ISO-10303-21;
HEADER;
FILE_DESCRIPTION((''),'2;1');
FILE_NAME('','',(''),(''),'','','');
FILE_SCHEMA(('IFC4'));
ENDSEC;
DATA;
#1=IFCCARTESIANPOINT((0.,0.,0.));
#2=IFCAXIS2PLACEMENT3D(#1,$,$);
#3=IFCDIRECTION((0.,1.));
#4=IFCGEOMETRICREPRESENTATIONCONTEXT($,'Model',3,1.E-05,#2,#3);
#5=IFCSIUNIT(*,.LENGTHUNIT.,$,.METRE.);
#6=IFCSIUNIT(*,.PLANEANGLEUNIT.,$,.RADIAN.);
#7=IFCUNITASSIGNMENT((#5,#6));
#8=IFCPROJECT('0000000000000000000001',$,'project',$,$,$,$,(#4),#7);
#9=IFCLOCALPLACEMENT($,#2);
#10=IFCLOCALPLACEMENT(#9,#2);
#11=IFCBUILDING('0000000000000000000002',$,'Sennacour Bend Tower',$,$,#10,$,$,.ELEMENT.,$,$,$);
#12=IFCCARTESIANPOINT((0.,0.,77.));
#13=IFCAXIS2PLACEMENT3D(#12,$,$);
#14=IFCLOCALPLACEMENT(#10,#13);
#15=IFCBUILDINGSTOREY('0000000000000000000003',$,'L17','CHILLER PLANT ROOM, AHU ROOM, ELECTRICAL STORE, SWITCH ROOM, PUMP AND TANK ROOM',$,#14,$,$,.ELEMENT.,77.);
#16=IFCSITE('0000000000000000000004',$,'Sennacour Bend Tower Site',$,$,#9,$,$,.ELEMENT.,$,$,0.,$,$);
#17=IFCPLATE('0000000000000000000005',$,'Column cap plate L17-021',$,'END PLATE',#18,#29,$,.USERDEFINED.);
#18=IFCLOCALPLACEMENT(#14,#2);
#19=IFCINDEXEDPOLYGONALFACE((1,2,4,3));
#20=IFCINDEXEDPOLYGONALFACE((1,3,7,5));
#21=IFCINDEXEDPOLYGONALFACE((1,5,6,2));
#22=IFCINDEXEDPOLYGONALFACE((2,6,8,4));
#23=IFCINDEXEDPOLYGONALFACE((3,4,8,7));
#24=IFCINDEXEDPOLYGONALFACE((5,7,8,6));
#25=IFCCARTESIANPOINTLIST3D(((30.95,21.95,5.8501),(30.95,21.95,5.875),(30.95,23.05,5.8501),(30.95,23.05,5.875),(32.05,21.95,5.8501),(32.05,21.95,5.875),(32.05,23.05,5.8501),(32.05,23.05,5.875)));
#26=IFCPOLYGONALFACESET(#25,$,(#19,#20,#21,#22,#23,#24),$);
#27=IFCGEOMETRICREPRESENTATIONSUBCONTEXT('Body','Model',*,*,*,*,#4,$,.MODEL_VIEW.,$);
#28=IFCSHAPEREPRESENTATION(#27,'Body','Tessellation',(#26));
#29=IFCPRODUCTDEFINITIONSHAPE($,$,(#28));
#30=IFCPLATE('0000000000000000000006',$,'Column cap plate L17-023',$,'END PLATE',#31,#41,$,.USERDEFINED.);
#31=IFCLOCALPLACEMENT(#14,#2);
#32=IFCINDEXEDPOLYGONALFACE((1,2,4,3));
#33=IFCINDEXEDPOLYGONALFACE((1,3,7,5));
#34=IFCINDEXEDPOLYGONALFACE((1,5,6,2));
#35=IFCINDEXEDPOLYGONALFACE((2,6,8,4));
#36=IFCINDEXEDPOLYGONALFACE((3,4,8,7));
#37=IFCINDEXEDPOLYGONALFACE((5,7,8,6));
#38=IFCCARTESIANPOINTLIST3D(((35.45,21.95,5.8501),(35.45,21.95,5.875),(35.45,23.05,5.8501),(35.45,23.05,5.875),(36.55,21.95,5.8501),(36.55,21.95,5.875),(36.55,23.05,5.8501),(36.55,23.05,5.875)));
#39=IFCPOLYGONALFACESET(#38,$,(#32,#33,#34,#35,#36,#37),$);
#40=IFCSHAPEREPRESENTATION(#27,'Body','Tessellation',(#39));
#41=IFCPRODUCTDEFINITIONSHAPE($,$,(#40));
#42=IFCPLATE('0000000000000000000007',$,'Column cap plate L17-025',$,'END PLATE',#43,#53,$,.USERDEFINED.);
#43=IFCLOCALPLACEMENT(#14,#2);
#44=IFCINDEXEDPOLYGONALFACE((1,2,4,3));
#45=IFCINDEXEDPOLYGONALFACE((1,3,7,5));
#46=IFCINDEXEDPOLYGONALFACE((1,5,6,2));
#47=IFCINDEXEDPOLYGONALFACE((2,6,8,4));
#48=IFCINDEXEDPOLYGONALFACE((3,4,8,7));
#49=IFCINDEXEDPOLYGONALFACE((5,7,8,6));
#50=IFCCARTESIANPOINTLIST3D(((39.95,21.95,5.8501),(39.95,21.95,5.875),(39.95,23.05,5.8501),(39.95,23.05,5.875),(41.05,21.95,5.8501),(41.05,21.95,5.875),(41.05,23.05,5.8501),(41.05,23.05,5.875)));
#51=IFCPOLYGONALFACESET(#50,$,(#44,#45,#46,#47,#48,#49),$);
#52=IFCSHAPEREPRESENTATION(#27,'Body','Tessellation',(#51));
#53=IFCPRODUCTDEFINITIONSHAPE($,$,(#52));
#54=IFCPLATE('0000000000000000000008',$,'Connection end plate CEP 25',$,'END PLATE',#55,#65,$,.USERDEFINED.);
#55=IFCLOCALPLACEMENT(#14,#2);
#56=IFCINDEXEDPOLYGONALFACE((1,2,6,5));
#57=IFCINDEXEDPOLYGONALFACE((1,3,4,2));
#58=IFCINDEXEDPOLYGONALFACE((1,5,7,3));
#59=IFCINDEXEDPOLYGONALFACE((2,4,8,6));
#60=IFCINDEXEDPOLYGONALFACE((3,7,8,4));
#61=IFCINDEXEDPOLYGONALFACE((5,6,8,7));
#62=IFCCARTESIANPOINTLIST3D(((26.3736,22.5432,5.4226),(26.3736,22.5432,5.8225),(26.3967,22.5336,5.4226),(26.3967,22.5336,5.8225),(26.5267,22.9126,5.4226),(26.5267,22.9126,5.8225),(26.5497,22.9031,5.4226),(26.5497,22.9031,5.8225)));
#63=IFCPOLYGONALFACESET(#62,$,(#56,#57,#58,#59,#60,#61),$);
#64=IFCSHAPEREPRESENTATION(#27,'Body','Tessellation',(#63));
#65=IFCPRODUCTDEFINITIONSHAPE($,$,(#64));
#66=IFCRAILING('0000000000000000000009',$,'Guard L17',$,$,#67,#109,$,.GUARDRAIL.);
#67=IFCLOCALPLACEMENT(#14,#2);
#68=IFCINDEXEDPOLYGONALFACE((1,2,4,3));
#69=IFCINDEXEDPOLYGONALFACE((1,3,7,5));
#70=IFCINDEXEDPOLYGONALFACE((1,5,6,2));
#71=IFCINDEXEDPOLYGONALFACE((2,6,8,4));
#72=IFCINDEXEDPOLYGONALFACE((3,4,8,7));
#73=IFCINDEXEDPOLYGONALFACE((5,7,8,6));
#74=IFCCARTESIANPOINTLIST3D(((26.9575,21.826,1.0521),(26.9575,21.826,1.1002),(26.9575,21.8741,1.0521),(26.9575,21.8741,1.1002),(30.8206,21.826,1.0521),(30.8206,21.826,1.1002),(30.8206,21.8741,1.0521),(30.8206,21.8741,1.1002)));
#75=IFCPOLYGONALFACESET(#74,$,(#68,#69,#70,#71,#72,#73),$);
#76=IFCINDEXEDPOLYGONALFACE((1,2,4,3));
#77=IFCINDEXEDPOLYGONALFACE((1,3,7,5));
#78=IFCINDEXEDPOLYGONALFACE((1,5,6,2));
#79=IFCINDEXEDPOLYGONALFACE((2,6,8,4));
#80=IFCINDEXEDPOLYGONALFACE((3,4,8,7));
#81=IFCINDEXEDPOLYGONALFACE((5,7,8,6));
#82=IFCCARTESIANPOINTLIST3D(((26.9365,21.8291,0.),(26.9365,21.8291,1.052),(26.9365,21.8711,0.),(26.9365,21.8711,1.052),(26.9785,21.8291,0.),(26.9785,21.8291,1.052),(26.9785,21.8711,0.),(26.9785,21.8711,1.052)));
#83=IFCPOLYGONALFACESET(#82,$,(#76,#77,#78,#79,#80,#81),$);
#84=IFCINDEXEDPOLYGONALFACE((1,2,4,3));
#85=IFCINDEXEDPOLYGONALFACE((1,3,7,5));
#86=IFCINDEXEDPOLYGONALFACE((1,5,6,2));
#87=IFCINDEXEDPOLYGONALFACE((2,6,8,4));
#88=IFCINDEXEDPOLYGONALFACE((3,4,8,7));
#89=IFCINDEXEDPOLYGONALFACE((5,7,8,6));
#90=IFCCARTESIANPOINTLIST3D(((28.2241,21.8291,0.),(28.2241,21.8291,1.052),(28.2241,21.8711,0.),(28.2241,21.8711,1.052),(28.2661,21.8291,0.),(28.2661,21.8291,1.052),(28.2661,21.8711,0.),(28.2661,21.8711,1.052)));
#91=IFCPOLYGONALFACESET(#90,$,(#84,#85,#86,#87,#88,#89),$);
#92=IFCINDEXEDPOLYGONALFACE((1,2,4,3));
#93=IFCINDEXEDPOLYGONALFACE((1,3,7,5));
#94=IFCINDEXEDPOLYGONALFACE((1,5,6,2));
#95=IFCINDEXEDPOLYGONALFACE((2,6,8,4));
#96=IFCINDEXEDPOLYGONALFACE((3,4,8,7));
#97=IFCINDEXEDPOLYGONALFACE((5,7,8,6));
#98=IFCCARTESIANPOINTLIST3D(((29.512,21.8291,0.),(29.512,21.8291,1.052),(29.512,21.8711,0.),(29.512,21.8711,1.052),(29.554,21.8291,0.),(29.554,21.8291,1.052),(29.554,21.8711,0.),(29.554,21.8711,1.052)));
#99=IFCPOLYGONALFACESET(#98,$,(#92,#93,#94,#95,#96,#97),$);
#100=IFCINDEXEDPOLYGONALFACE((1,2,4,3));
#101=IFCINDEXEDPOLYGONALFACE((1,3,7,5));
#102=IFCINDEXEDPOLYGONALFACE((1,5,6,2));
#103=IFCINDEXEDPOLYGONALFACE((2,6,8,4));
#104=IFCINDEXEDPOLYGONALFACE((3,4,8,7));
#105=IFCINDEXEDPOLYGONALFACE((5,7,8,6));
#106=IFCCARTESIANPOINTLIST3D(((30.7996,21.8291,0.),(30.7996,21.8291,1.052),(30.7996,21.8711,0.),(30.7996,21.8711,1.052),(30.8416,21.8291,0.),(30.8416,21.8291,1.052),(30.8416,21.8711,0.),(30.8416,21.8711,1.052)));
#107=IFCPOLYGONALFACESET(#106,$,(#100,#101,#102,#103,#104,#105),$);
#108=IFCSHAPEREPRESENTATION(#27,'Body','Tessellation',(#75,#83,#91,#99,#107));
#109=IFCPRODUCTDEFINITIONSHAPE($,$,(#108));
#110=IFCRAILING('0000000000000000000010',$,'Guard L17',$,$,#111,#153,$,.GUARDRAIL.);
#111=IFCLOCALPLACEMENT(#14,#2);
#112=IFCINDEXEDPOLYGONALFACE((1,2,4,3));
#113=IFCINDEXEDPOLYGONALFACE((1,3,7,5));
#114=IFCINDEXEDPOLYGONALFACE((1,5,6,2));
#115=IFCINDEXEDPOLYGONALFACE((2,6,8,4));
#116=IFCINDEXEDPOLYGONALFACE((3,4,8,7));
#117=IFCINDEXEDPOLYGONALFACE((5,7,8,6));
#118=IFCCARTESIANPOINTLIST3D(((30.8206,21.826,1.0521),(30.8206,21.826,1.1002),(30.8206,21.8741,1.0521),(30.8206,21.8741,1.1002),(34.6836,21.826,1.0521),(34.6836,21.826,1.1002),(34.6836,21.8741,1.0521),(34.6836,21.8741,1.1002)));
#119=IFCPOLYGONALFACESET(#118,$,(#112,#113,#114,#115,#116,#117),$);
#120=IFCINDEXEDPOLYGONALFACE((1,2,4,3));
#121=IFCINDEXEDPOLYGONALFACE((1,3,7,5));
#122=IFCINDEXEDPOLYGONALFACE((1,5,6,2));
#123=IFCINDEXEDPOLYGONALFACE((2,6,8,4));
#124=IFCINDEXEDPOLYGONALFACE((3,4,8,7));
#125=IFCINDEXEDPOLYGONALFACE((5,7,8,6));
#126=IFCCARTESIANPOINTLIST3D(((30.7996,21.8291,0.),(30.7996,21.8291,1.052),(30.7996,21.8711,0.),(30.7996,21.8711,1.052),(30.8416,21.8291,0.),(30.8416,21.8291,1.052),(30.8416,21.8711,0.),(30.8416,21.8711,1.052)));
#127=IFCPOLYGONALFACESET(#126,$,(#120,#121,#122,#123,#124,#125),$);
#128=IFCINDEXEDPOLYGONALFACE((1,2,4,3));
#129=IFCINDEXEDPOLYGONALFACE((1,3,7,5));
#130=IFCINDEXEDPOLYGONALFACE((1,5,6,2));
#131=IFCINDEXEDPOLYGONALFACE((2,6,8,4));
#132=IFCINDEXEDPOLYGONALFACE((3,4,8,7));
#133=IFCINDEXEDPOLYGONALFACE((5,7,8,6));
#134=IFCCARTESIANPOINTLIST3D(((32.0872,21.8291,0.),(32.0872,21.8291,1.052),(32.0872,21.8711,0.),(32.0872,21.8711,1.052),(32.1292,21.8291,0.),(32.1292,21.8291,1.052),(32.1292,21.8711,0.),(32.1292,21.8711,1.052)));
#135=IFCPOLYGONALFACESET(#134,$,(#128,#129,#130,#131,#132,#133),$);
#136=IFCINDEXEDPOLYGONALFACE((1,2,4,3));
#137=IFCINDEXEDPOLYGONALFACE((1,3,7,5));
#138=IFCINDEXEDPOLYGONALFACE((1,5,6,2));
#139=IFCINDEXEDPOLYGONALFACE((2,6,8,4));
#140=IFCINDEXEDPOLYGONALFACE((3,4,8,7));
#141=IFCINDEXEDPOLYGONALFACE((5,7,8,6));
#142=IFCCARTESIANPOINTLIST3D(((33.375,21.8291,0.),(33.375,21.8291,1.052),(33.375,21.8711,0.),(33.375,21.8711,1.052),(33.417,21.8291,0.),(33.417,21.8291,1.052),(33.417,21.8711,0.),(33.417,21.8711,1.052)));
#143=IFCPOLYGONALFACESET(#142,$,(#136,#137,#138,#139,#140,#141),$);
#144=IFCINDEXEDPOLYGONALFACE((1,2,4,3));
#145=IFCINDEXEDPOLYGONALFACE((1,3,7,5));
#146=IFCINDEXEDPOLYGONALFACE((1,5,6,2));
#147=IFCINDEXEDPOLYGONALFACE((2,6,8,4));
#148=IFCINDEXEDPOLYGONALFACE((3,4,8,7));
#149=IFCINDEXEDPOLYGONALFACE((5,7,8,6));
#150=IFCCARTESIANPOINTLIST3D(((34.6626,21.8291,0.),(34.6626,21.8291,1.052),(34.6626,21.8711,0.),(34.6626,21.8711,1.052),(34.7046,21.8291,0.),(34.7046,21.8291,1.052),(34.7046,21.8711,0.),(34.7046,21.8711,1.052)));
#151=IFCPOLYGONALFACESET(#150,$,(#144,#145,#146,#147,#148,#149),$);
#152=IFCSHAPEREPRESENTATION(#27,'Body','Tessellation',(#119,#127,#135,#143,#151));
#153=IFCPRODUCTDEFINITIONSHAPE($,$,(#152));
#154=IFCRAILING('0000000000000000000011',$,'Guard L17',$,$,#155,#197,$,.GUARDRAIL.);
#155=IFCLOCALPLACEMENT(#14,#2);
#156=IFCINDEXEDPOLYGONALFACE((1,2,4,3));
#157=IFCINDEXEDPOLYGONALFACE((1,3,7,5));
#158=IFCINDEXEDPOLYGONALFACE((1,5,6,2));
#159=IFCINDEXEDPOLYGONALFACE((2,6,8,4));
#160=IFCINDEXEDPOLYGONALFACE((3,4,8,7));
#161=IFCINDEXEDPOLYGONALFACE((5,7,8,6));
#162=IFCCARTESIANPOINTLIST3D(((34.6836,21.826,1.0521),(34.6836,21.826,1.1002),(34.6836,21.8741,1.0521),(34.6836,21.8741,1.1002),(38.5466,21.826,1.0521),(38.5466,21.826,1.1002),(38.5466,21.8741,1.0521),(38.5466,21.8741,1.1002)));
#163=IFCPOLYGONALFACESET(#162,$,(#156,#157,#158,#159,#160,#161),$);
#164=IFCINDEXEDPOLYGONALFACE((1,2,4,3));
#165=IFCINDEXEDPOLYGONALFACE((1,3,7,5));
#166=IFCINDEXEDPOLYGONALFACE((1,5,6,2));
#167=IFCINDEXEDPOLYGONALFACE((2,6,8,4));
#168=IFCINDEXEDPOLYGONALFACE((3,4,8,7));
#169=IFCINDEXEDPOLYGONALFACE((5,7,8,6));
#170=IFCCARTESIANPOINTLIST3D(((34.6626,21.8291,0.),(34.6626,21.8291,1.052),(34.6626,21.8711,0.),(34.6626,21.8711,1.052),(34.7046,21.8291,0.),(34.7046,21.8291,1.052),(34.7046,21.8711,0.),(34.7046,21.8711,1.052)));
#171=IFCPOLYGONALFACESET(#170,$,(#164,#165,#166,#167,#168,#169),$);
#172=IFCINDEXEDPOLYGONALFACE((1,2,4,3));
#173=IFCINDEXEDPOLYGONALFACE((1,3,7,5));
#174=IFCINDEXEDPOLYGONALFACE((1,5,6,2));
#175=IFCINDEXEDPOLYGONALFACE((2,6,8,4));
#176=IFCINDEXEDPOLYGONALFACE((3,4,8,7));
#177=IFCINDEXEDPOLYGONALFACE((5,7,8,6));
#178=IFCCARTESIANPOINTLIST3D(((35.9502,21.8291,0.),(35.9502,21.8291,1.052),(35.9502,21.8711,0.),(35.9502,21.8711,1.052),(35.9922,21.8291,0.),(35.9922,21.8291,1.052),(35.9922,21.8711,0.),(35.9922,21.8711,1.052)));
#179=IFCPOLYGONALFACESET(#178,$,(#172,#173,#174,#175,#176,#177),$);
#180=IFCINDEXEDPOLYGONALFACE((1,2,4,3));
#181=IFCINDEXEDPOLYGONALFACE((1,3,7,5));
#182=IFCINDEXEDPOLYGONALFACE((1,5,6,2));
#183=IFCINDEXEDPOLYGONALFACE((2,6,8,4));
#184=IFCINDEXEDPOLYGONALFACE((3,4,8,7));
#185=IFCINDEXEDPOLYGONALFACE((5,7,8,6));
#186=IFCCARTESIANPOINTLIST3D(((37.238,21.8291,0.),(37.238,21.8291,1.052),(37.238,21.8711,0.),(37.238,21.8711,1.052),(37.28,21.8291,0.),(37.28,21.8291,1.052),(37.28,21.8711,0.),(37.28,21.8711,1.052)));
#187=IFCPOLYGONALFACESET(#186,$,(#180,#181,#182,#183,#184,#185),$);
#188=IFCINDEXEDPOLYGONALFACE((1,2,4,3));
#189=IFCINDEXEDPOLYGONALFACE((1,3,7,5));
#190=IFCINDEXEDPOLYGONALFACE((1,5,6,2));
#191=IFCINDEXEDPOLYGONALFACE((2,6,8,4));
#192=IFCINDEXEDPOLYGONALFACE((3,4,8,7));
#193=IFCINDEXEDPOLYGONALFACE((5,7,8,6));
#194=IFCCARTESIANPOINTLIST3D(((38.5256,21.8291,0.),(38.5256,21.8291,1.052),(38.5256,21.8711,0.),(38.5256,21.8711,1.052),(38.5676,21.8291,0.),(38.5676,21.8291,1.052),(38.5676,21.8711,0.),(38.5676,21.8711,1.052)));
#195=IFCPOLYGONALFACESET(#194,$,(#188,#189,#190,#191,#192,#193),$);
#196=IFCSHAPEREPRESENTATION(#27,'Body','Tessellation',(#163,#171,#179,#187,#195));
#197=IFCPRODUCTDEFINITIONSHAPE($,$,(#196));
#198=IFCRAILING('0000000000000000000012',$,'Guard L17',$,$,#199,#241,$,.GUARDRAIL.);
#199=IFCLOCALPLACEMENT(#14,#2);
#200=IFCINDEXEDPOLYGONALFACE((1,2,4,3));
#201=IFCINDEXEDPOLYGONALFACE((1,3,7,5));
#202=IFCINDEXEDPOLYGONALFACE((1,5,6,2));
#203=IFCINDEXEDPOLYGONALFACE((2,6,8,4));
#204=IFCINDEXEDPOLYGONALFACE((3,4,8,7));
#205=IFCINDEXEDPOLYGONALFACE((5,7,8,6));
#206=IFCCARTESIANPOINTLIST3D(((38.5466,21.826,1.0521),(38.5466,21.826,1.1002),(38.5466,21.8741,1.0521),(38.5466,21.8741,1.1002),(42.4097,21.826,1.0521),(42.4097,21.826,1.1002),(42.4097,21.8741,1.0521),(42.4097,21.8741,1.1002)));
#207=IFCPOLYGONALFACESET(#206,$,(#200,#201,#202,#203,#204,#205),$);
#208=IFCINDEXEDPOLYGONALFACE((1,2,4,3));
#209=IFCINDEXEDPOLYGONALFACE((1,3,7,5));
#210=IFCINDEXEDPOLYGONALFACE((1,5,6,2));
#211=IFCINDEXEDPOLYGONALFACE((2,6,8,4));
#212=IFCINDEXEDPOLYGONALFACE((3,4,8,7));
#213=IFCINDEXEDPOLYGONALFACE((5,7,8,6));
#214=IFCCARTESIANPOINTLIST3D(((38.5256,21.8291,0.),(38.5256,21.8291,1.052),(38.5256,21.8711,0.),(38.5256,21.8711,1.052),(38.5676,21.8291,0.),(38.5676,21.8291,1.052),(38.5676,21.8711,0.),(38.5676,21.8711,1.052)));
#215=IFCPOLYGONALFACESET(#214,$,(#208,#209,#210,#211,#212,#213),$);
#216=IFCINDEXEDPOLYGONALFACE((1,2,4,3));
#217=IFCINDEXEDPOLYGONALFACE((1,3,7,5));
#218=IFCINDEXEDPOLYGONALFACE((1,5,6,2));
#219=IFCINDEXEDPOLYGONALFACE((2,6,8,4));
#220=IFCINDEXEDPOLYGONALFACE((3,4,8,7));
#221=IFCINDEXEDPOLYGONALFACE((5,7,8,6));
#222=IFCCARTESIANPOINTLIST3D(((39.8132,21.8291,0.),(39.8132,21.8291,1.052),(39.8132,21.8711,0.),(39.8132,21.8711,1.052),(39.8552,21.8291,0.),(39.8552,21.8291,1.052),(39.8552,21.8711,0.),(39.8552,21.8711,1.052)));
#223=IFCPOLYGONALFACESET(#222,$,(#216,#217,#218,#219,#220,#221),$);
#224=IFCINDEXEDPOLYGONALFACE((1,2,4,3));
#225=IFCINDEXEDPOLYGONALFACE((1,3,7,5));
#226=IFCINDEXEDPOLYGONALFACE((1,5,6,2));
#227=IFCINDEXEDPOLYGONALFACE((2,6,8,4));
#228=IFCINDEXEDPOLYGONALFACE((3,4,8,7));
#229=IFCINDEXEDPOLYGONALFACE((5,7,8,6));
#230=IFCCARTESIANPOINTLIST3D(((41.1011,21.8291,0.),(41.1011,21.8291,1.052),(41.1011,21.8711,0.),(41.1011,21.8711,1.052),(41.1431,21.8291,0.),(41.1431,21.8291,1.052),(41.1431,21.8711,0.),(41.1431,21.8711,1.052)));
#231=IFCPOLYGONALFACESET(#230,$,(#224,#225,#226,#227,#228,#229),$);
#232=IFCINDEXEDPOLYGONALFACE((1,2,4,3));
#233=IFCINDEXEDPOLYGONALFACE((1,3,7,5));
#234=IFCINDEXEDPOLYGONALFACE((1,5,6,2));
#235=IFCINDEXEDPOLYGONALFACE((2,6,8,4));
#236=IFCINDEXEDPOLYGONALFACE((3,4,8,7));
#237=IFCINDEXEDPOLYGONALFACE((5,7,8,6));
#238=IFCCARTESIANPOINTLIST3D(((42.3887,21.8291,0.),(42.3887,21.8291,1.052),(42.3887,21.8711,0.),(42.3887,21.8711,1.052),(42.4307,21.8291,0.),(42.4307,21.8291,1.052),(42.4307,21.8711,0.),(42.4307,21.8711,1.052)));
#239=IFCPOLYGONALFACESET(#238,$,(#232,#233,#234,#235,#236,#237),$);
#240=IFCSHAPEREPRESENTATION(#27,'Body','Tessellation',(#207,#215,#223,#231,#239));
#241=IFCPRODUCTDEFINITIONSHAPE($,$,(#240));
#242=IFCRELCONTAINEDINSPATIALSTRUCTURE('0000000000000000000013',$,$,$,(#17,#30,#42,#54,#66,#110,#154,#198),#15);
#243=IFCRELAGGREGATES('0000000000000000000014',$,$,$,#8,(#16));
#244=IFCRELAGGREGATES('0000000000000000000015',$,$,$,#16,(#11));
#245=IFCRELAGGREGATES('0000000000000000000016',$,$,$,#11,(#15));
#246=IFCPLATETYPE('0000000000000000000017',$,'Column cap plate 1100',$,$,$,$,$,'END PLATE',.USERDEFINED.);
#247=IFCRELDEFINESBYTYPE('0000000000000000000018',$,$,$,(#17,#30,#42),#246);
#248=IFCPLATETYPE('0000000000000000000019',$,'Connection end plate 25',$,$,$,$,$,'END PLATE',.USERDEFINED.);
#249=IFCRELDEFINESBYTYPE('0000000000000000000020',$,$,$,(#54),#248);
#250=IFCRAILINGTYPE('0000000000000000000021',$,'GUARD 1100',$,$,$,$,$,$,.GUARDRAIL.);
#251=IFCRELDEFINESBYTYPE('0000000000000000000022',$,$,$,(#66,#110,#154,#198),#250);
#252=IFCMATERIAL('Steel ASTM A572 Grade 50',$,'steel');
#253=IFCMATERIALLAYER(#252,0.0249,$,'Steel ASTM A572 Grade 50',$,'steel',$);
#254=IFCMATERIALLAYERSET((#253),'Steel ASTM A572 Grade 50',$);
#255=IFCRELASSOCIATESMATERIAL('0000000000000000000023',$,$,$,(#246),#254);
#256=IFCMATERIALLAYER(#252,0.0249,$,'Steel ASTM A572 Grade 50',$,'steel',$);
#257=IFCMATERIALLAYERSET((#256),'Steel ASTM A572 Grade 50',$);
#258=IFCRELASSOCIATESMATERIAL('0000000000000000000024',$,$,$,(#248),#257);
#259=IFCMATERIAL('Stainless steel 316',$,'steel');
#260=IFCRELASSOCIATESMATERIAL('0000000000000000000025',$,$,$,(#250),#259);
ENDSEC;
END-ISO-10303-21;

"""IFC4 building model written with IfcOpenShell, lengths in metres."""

from ifc_helpers import new_model, si_unit, direction, frame, origin, origin_2d, place, context, subcontext, project, spatial, rectangle, extrude, material, layer, layer_set, type_object, element, save


model = new_model("IFC4")

# Units and contexts
model_context = context("Model", 3, precision=1e-05, world=origin(), true_north=direction((0.0, 1.0)))
body_context = subcontext(model_context, "Body", "Model", "MODEL_VIEW")
ifc_project = project(units=[si_unit("LENGTHUNIT", "METRE"), si_unit("PLANEANGLEUNIT", "RADIAN")], contexts=[model_context])

# Site, building, storey
site_placement = place(None, origin())
site = spatial("IfcSite", under=ifc_project, at=site_placement, Name="Sennacour Bend Tower Site", CompositionType="ELEMENT", RefElevation=0.0)
building_placement = place(site_placement, origin())
building = spatial("IfcBuilding", under=site, at=building_placement, Name="Sennacour Bend Tower", CompositionType="ELEMENT")
storey_placement = place(building_placement, frame((0.0, 0.0, 77.0)))
storey = spatial("IfcBuildingStorey", under=building, at=storey_placement, Name="L17", Description="CHILLER PLANT ROOM, AHU ROOM, ELECTRICAL STORE, SWITCH ROOM, PUMP AND TANK ROOM", CompositionType="ELEMENT", Elevation=77.0)

# Shared definitions
ifc_material_1 = material(Name="Steel ASTM A572 Grade 50", Category="steel")

# Plates
ifc_layer_1 = layer(ifc_material_1, 0.0249, Name="Steel ASTM A572 Grade 50", Category="steel")
ifc_layer_set_1 = layer_set([ifc_layer_1], Name="Steel ASTM A572 Grade 50")
plate_type_1 = type_object("IfcPlateType", Name="Column cap plate 1100", ElementType="END PLATE", PredefinedType="USERDEFINED", material=ifc_layer_set_1)
for number, where, z_axis, x_axis, name in (
    (1, (31.5, 22.5, 5.8501), (0.0, 0.0, 1.0), (1.0, 0.0, 0.0), "Column cap plate L17-021"),
    (2, (36.0, 22.5, 5.8501), (0.0, 0.0, 1.0), (1.0, 0.0, 0.0), "Column cap plate L17-023"),
    (3, (40.5, 22.5, 5.8501), (0.0, 0.0, 1.0), (1.0, 0.0, 0.0), "Column cap plate L17-025"),
):
    element("IfcPlate", number, at=place(storey_placement, frame(where, z_axis=z_axis, x_axis=x_axis)), inside=storey, type_object=plate_type_1, Name=name, ObjectType="END PLATE", PredefinedType="USERDEFINED", context=body_context, shape_type="SweptSolid", body=[
        extrude(rectangle(XDim=1.1001, YDim=1.1001, at=origin_2d()), origin(), (0.0, 0.0, 1.0), 0.0249),
    ])
ifc_layer_2 = layer(ifc_material_1, 0.0249, Name="Steel ASTM A572 Grade 50", Category="steel")
ifc_layer_set_2 = layer_set([ifc_layer_2], Name="Steel ASTM A572 Grade 50")
plate_type_2 = type_object("IfcPlateType", Name="Connection end plate 25", ElementType="END PLATE", PredefinedType="USERDEFINED", material=ifc_layer_set_2)
plate_placement = place(storey_placement, frame((26.4617, 22.7231, 5.4226), z_axis=(0.0, 0.0, 1.0), x_axis=(0.92388, -0.382683, 0.0)))
element("IfcPlate", 4, at=plate_placement, inside=storey, type_object=plate_type_2, Name="Connection end plate CEP 25", ObjectType="END PLATE", PredefinedType="USERDEFINED", context=body_context, shape_type="SweptSolid", body=[
    extrude(rectangle(XDim=0.0249, YDim=0.3999, at=origin_2d()), origin(), (0.0, 0.0, 1.0), 0.3999),
])

# Railings
ifc_material_2 = material(Name="Stainless steel 316", Category="steel")
railing_type = type_object("IfcRailingType", Name="GUARD 1100", PredefinedType="GUARDRAIL", material=ifc_material_2)
for number, where, name in (
    (5, (26.9575, 21.8501, 0.0), "Guard L17"),
    (6, (30.8206, 21.8501, 0.0), "Guard L17"),
    (7, (34.6836, 21.8501, 0.0), "Guard L17"),
    (8, (38.5466, 21.8501, 0.0), "Guard L17"),
):
    element("IfcRailing", number, at=place(storey_placement, frame(where)), inside=storey, type_object=railing_type, Name=name, PredefinedType="GUARDRAIL", context=body_context, shape_type="SweptSolid", body=[
        extrude(rectangle(XDim=0.0481, YDim=0.0481, at=origin_2d()), frame((0.0, 0.0, 1.0762), z_axis=(1.0, 0.0, 0.0), x_axis=(0.0, 1.0, 0.0)), (0.0, 0.0, 1.0), 3.863),
        extrude(rectangle(XDim=0.042, YDim=0.042, at=origin_2d()), origin(), (0.0, 0.0, 1.0), 1.052),
        extrude(rectangle(XDim=0.042, YDim=0.042, at=origin_2d()), frame((1.2876, 0.0, 0.0)), (0.0, 0.0, 1.0), 1.052),
        extrude(rectangle(XDim=0.042, YDim=0.042, at=origin_2d()), frame((2.5754, 0.0, 0.0)), (0.0, 0.0, 1.0), 1.052),
        extrude(rectangle(XDim=0.042, YDim=0.042, at=origin_2d()), frame((3.863, 0.0, 0.0)), (0.0, 0.0, 1.0), 1.052),
    ])

save(model, "model.ifc")
